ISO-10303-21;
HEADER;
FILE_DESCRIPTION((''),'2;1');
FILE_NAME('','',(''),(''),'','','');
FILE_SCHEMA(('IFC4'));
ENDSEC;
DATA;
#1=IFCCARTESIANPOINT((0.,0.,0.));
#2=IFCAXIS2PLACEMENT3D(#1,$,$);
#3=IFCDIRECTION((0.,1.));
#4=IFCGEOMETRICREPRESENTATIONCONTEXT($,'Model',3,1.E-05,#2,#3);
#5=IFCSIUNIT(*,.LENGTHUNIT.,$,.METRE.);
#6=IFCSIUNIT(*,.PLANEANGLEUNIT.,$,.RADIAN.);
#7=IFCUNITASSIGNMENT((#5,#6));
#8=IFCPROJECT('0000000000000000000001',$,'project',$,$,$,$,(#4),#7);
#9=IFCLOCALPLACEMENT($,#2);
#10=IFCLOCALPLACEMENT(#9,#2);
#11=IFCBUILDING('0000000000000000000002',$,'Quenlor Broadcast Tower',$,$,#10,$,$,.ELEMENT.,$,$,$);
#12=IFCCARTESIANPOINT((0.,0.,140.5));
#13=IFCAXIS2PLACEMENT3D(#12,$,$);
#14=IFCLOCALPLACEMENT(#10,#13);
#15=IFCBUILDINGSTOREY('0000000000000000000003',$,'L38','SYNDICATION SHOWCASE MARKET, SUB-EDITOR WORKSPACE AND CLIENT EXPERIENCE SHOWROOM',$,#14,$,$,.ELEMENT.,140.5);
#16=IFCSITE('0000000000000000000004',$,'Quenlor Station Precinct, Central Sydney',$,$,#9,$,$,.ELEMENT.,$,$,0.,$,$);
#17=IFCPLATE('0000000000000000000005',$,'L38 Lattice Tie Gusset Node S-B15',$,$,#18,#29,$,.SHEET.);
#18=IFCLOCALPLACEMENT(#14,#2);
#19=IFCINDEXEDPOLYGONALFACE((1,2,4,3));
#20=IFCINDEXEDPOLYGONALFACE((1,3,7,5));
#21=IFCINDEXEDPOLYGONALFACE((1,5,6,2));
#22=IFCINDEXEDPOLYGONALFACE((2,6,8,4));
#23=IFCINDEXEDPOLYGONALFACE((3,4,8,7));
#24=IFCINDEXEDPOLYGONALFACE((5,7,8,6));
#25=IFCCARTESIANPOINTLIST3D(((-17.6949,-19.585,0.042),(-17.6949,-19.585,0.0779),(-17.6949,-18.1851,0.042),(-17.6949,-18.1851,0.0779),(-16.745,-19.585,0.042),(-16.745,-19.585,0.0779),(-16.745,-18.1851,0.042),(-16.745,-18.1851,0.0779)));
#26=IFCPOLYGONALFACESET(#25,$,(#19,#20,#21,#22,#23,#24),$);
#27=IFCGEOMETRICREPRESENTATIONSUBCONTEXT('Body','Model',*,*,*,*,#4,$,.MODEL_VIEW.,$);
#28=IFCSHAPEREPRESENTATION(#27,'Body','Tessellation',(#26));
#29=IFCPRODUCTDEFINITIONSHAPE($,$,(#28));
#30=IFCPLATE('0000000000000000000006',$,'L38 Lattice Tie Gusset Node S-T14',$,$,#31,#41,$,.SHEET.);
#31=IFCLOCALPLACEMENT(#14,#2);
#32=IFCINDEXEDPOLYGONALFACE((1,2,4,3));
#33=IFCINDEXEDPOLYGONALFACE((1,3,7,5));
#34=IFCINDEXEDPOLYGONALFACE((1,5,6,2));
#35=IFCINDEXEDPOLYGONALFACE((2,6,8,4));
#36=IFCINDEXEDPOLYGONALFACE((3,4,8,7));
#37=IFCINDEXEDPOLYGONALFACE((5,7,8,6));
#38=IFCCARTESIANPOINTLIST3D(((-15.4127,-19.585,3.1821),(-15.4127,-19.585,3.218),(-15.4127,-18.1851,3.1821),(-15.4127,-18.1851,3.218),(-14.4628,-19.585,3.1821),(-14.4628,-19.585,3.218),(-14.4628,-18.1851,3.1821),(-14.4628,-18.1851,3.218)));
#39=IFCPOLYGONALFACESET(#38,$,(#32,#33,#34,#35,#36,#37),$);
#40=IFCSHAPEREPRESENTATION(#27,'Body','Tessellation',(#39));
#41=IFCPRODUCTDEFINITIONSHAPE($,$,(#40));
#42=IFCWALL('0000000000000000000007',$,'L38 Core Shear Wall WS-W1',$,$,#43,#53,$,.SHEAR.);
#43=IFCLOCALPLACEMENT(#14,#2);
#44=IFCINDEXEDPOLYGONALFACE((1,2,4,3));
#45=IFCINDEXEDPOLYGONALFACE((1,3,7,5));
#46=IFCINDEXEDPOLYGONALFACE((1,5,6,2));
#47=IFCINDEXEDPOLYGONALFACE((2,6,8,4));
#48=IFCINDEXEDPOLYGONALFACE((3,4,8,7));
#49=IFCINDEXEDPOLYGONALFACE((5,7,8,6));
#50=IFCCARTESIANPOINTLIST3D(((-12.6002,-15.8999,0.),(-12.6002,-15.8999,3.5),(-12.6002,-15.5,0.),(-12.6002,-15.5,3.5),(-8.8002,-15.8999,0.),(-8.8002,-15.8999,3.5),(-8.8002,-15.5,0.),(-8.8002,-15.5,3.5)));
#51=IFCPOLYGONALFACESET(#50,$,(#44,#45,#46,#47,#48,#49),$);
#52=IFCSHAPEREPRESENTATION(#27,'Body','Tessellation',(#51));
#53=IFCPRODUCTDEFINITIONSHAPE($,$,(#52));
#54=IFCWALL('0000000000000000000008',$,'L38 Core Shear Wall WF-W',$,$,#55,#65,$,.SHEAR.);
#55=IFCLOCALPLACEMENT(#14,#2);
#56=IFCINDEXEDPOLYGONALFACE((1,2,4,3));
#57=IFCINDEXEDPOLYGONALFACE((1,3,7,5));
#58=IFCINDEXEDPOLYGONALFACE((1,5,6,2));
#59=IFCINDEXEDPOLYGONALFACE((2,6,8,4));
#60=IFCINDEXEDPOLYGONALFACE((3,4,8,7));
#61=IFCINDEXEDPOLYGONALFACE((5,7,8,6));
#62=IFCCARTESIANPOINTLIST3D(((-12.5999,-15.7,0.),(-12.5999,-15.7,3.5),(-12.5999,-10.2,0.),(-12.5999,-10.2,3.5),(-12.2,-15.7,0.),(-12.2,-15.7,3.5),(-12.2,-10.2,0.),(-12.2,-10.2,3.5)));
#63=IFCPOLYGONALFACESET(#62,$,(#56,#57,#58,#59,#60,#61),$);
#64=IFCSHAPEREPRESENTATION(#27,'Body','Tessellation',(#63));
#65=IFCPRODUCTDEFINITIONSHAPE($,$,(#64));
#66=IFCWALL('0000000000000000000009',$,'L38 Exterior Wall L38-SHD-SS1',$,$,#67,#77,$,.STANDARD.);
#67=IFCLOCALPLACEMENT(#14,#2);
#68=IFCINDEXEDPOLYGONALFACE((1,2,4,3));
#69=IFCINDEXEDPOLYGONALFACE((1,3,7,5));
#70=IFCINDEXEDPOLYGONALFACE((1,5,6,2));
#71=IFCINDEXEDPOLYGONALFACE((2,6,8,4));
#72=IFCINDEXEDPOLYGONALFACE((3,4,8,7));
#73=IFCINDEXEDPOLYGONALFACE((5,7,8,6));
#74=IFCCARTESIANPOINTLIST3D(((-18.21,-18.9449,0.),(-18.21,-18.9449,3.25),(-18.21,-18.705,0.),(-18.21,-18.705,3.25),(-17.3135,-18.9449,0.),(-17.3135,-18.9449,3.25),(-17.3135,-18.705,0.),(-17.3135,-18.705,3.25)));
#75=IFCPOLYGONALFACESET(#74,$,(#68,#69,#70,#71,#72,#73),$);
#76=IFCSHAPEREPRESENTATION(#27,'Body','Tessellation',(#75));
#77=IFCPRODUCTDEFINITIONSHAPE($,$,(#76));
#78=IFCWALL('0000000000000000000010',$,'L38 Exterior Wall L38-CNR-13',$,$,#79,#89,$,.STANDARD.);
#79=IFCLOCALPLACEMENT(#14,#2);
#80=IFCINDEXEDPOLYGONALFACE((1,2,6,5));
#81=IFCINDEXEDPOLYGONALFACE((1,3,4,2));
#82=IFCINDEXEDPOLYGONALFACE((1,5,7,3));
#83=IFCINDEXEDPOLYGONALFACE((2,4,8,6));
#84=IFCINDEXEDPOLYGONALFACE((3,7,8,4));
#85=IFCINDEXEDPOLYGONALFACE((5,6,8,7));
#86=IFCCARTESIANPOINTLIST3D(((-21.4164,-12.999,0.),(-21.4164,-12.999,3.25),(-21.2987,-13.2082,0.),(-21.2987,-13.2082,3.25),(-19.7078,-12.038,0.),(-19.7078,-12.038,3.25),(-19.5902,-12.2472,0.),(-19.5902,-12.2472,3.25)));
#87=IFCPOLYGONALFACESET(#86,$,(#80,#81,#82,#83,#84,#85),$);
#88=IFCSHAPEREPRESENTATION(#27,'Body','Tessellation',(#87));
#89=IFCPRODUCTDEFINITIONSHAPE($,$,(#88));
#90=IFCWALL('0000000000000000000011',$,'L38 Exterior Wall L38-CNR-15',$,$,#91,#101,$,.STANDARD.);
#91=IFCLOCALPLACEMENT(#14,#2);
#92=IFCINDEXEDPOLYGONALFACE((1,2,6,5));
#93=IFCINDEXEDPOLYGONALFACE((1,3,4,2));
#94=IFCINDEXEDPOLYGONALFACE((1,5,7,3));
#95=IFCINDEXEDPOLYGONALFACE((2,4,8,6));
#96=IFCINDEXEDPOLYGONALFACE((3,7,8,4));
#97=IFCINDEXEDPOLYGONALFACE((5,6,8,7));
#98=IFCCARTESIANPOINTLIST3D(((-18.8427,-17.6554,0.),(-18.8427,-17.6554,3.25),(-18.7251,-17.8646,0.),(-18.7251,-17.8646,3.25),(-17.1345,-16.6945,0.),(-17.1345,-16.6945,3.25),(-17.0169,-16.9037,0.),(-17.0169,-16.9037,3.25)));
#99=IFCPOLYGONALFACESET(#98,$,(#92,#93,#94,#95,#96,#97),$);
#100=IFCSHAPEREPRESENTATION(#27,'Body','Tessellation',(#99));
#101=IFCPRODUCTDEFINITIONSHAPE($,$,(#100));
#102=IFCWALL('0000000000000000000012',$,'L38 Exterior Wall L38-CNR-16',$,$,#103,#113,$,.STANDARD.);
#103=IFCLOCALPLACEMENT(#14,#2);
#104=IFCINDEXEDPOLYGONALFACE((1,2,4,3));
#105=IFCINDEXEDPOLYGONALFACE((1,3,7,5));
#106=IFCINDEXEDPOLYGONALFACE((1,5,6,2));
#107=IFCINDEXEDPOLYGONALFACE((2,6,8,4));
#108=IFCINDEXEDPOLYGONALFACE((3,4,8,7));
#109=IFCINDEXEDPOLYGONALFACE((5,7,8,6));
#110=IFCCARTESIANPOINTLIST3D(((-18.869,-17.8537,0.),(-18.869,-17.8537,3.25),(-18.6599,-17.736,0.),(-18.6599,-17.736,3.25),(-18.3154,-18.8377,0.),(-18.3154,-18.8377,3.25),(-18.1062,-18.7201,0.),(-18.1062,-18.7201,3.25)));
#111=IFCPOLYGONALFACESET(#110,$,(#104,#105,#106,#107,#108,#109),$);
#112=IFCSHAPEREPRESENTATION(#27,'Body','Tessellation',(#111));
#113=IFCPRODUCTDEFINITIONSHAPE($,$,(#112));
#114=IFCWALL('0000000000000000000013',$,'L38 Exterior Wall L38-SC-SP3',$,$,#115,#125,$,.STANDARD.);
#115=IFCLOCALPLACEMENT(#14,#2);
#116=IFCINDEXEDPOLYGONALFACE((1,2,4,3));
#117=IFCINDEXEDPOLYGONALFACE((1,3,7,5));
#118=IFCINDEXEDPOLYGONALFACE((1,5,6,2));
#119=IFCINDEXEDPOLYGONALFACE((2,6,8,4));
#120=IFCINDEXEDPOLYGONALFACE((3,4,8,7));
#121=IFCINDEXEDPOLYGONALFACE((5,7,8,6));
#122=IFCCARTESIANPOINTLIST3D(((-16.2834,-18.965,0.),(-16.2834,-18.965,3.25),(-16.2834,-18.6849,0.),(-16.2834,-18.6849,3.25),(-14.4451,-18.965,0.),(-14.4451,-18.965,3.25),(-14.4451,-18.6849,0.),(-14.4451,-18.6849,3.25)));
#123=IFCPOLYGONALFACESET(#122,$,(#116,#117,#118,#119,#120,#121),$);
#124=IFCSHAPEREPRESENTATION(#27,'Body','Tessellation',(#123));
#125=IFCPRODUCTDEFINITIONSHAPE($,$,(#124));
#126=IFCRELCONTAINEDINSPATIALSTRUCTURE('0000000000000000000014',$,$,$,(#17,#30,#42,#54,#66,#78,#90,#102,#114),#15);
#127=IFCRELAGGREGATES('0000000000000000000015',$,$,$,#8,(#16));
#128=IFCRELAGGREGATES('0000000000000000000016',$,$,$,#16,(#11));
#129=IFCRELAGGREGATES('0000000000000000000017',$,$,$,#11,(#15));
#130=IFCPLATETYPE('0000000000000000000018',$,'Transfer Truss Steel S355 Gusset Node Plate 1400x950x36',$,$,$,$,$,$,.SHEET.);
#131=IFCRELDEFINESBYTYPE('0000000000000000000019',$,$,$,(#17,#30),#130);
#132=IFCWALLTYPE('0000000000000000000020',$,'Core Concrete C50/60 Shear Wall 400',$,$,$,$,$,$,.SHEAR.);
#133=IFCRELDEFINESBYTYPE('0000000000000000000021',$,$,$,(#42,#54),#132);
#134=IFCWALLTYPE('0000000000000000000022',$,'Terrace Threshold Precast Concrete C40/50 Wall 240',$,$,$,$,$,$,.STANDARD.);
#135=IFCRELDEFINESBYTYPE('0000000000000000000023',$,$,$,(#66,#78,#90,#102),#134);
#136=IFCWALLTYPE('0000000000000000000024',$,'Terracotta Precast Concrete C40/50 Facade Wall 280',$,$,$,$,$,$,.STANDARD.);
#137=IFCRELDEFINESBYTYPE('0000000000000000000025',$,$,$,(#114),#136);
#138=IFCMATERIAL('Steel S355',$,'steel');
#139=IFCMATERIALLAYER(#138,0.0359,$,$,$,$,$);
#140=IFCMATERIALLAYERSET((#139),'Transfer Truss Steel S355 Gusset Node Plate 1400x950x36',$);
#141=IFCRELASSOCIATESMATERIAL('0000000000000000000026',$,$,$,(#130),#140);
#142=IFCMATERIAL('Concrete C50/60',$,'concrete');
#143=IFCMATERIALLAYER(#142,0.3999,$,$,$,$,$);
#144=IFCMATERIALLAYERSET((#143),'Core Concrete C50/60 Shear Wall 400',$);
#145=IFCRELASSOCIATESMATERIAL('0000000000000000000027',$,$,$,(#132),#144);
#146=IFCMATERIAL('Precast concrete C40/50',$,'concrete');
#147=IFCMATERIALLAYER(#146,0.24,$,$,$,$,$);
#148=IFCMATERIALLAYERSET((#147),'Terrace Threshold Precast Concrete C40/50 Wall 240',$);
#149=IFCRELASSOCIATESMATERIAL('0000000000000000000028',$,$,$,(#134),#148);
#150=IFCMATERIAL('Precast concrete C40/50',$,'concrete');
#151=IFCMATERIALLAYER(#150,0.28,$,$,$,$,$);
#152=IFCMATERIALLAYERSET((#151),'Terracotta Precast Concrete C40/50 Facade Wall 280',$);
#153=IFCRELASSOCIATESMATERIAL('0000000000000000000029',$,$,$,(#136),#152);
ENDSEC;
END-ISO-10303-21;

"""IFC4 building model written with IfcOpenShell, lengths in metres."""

from ifc_helpers import new_model, si_unit, direction, frame, frame_2d, origin, origin_2d, place, context, subcontext, project, spatial, rectangle, extrude, material, layer, layer_set, type_object, element, save


model = new_model("IFC4")

# Units and contexts
model_context = context("Model", 3, precision=1e-05, world=origin(), true_north=direction((0.0, 1.0)))
body_context = subcontext(model_context, "Body", "Model", "MODEL_VIEW")
ifc_project = project(units=[si_unit("LENGTHUNIT", "METRE"), si_unit("PLANEANGLEUNIT", "RADIAN")], contexts=[model_context])

# Site, building, storey
site_placement = place(None, origin())
site = spatial("IfcSite", under=ifc_project, at=site_placement, Name="Quenlor Station Precinct, Central Sydney", CompositionType="ELEMENT", RefElevation=0.0)
building_placement = place(site_placement, origin())
building = spatial("IfcBuilding", under=site, at=building_placement, Name="Quenlor Broadcast Tower", CompositionType="ELEMENT")
storey_placement = place(building_placement, frame((0.0, 0.0, 140.5)))
storey = spatial("IfcBuildingStorey", under=building, at=storey_placement, Name="L38", Description="SYNDICATION SHOWCASE MARKET, SUB-EDITOR WORKSPACE AND CLIENT EXPERIENCE SHOWROOM", CompositionType="ELEMENT", Elevation=140.5)

# Plates
ifc_material_1 = material(Name="Steel S355", Category="steel")
ifc_layer_1 = layer(ifc_material_1, 0.0359)
ifc_layer_set_1 = layer_set([ifc_layer_1], Name="Transfer Truss Steel S355 Gusset Node Plate 1400x950x36")
plate_type_1 = type_object("IfcPlateType", Name="Transfer Truss Steel S355 Gusset Node Plate 1400x950x36", PredefinedType="SHEET", material=ifc_layer_set_1)
for number, where, z_axis, x_axis, name in (
    (1, (-17.22, -18.885, 0.042), (0.0, 0.0, 1.0), (0.0, -1.0, 0.0), "L38 Lattice Tie Gusset Node S-B15"),
    (2, (-14.9377, -18.885, 3.1821), (0.0, 0.0, 1.0), (0.0, -1.0, 0.0), "L38 Lattice Tie Gusset Node S-T14"),
):
    element("IfcPlate", number, at=place(storey_placement, frame(where, z_axis=z_axis, x_axis=x_axis)), inside=storey, type_object=plate_type_1, Name=name, PredefinedType="SHEET", context=body_context, shape_type="SweptSolid", body=[
        extrude(rectangle(XDim=1.3999, YDim=0.95, at=origin_2d()), origin(), (0.0, 0.0, 1.0), 0.0359),
    ])

# Walls
ifc_material_2 = material(Name="Concrete C50/60", Category="concrete")
ifc_layer_2 = layer(ifc_material_2, 0.3999)
ifc_layer_set_2 = layer_set([ifc_layer_2], Name="Core Concrete C50/60 Shear Wall 400")
wall_type_1 = type_object("IfcWallType", Name="Core Concrete C50/60 Shear Wall 400", PredefinedType="SHEAR", material=ifc_layer_set_2)
wall_1_placement = place(storey_placement, frame((-12.6001, -15.7, 0.0), z_axis=(0.0, 0.0, 1.0), x_axis=(1.0, 0.0, 0.0)))
element("IfcWall", 3, at=wall_1_placement, inside=storey, type_object=wall_type_1, Name="L38 Core Shear Wall WS-W1", PredefinedType="SHEAR", context=body_context, shape_type="SweptSolid", body=[
    extrude(rectangle(XDim=3.8, YDim=0.3999, at=frame_2d((1.8999, 0.0))), origin(), (0.0, 0.0, 1.0), 3.5),
])
wall_2_placement = place(storey_placement, frame((-12.3999, -15.7, 0.0), z_axis=(0.0, 0.0, 1.0), x_axis=(0.0, 1.0, 0.0)))
element("IfcWall", 4, at=wall_2_placement, inside=storey, type_object=wall_type_1, Name="L38 Core Shear Wall WF-W", PredefinedType="SHEAR", context=body_context, shape_type="SweptSolid", body=[
    extrude(rectangle(XDim=5.5, YDim=0.3999, at=frame_2d((2.75, 0.0))), origin(), (0.0, 0.0, 1.0), 3.5),
])
ifc_material_3 = material(Name="Precast concrete C40/50", Category="concrete")
ifc_layer_3 = layer(ifc_material_3, 0.24)
ifc_layer_set_3 = layer_set([ifc_layer_3], Name="Terrace Threshold Precast Concrete C40/50 Wall 240")
wall_type_2 = type_object("IfcWallType", Name="Terrace Threshold Precast Concrete C40/50 Wall 240", PredefinedType="STANDARD", material=ifc_layer_set_3)
wall_3_placement = place(storey_placement, frame((-17.3135, -18.825, 0.0), z_axis=(0.0, 0.0, 1.0), x_axis=(-1.0, 0.0, 0.0)))
element("IfcWall", 5, at=wall_3_placement, inside=storey, type_object=wall_type_2, Name="L38 Exterior Wall L38-SHD-SS1", PredefinedType="STANDARD", context=body_context, shape_type="SweptSolid", body=[
    extrude(rectangle(XDim=0.8965, YDim=0.24, at=frame_2d((0.4482, 0.0))), origin(), (0.0, 0.0, 1.0), 3.25),
])
wall_4_placement = place(storey_placement, frame((-21.3574, -13.1035, 0.0), z_axis=(0.0, 0.0, 1.0), x_axis=(0.871595, 0.490226, 0.0)))
element("IfcWall", 6, at=wall_4_placement, inside=storey, type_object=wall_type_2, Name="L38 Exterior Wall L38-CNR-13", PredefinedType="STANDARD", context=body_context, shape_type="SweptSolid", body=[
    extrude(rectangle(XDim=1.9602, YDim=0.24, at=frame_2d((0.98, 0.0))), origin(), (0.0, 0.0, 1.0), 3.25),
])
wall_5_placement = place(storey_placement, frame((-17.0757, -16.7991, 0.0), z_axis=(0.0, 0.0, 1.0), x_axis=(-0.871566, -0.490279, 0.0)))
element("IfcWall", 7, at=wall_5_placement, inside=storey, type_object=wall_type_2, Name="L38 Exterior Wall L38-CNR-15", PredefinedType="STANDARD", context=body_context, shape_type="SweptSolid", body=[
    extrude(rectangle(XDim=1.96, YDim=0.24, at=frame_2d((0.98, 0.0))), origin(), (0.0, 0.0, 1.0), 3.25),
])
wall_6_placement = place(storey_placement, frame((-18.7644, -17.7949, 0.0), z_axis=(0.0, 0.0, 1.0), x_axis=(0.490354, -0.871524, 0.0)))
element("IfcWall", 8, at=wall_6_placement, inside=storey, type_object=wall_type_2, Name="L38 Exterior Wall L38-CNR-16", PredefinedType="STANDARD", context=body_context, shape_type="SweptSolid", body=[
    extrude(rectangle(XDim=1.1292, YDim=0.24, at=frame_2d((0.5645, 0.0))), origin(), (0.0, 0.0, 1.0), 3.25),
])
ifc_material_4 = material(Name="Precast concrete C40/50", Category="concrete")
ifc_layer_4 = layer(ifc_material_4, 0.28)
ifc_layer_set_4 = layer_set([ifc_layer_4], Name="Terracotta Precast Concrete C40/50 Facade Wall 280")
wall_type_3 = type_object("IfcWallType", Name="Terracotta Precast Concrete C40/50 Facade Wall 280", PredefinedType="STANDARD", material=ifc_layer_set_4)
wall_7_placement = place(storey_placement, frame((-14.4451, -18.825, 0.0), z_axis=(0.0, 0.0, 1.0), x_axis=(-1.0, 0.0, 0.0)))
element("IfcWall", 9, at=wall_7_placement, inside=storey, type_object=wall_type_3, Name="L38 Exterior Wall L38-SC-SP3", PredefinedType="STANDARD", context=body_context, shape_type="SweptSolid", body=[
    extrude(rectangle(XDim=1.8384, YDim=0.28, at=frame_2d((0.9192, 0.0))), origin(), (0.0, 0.0, 1.0), 3.25),
])

save(model, "model.ifc")
